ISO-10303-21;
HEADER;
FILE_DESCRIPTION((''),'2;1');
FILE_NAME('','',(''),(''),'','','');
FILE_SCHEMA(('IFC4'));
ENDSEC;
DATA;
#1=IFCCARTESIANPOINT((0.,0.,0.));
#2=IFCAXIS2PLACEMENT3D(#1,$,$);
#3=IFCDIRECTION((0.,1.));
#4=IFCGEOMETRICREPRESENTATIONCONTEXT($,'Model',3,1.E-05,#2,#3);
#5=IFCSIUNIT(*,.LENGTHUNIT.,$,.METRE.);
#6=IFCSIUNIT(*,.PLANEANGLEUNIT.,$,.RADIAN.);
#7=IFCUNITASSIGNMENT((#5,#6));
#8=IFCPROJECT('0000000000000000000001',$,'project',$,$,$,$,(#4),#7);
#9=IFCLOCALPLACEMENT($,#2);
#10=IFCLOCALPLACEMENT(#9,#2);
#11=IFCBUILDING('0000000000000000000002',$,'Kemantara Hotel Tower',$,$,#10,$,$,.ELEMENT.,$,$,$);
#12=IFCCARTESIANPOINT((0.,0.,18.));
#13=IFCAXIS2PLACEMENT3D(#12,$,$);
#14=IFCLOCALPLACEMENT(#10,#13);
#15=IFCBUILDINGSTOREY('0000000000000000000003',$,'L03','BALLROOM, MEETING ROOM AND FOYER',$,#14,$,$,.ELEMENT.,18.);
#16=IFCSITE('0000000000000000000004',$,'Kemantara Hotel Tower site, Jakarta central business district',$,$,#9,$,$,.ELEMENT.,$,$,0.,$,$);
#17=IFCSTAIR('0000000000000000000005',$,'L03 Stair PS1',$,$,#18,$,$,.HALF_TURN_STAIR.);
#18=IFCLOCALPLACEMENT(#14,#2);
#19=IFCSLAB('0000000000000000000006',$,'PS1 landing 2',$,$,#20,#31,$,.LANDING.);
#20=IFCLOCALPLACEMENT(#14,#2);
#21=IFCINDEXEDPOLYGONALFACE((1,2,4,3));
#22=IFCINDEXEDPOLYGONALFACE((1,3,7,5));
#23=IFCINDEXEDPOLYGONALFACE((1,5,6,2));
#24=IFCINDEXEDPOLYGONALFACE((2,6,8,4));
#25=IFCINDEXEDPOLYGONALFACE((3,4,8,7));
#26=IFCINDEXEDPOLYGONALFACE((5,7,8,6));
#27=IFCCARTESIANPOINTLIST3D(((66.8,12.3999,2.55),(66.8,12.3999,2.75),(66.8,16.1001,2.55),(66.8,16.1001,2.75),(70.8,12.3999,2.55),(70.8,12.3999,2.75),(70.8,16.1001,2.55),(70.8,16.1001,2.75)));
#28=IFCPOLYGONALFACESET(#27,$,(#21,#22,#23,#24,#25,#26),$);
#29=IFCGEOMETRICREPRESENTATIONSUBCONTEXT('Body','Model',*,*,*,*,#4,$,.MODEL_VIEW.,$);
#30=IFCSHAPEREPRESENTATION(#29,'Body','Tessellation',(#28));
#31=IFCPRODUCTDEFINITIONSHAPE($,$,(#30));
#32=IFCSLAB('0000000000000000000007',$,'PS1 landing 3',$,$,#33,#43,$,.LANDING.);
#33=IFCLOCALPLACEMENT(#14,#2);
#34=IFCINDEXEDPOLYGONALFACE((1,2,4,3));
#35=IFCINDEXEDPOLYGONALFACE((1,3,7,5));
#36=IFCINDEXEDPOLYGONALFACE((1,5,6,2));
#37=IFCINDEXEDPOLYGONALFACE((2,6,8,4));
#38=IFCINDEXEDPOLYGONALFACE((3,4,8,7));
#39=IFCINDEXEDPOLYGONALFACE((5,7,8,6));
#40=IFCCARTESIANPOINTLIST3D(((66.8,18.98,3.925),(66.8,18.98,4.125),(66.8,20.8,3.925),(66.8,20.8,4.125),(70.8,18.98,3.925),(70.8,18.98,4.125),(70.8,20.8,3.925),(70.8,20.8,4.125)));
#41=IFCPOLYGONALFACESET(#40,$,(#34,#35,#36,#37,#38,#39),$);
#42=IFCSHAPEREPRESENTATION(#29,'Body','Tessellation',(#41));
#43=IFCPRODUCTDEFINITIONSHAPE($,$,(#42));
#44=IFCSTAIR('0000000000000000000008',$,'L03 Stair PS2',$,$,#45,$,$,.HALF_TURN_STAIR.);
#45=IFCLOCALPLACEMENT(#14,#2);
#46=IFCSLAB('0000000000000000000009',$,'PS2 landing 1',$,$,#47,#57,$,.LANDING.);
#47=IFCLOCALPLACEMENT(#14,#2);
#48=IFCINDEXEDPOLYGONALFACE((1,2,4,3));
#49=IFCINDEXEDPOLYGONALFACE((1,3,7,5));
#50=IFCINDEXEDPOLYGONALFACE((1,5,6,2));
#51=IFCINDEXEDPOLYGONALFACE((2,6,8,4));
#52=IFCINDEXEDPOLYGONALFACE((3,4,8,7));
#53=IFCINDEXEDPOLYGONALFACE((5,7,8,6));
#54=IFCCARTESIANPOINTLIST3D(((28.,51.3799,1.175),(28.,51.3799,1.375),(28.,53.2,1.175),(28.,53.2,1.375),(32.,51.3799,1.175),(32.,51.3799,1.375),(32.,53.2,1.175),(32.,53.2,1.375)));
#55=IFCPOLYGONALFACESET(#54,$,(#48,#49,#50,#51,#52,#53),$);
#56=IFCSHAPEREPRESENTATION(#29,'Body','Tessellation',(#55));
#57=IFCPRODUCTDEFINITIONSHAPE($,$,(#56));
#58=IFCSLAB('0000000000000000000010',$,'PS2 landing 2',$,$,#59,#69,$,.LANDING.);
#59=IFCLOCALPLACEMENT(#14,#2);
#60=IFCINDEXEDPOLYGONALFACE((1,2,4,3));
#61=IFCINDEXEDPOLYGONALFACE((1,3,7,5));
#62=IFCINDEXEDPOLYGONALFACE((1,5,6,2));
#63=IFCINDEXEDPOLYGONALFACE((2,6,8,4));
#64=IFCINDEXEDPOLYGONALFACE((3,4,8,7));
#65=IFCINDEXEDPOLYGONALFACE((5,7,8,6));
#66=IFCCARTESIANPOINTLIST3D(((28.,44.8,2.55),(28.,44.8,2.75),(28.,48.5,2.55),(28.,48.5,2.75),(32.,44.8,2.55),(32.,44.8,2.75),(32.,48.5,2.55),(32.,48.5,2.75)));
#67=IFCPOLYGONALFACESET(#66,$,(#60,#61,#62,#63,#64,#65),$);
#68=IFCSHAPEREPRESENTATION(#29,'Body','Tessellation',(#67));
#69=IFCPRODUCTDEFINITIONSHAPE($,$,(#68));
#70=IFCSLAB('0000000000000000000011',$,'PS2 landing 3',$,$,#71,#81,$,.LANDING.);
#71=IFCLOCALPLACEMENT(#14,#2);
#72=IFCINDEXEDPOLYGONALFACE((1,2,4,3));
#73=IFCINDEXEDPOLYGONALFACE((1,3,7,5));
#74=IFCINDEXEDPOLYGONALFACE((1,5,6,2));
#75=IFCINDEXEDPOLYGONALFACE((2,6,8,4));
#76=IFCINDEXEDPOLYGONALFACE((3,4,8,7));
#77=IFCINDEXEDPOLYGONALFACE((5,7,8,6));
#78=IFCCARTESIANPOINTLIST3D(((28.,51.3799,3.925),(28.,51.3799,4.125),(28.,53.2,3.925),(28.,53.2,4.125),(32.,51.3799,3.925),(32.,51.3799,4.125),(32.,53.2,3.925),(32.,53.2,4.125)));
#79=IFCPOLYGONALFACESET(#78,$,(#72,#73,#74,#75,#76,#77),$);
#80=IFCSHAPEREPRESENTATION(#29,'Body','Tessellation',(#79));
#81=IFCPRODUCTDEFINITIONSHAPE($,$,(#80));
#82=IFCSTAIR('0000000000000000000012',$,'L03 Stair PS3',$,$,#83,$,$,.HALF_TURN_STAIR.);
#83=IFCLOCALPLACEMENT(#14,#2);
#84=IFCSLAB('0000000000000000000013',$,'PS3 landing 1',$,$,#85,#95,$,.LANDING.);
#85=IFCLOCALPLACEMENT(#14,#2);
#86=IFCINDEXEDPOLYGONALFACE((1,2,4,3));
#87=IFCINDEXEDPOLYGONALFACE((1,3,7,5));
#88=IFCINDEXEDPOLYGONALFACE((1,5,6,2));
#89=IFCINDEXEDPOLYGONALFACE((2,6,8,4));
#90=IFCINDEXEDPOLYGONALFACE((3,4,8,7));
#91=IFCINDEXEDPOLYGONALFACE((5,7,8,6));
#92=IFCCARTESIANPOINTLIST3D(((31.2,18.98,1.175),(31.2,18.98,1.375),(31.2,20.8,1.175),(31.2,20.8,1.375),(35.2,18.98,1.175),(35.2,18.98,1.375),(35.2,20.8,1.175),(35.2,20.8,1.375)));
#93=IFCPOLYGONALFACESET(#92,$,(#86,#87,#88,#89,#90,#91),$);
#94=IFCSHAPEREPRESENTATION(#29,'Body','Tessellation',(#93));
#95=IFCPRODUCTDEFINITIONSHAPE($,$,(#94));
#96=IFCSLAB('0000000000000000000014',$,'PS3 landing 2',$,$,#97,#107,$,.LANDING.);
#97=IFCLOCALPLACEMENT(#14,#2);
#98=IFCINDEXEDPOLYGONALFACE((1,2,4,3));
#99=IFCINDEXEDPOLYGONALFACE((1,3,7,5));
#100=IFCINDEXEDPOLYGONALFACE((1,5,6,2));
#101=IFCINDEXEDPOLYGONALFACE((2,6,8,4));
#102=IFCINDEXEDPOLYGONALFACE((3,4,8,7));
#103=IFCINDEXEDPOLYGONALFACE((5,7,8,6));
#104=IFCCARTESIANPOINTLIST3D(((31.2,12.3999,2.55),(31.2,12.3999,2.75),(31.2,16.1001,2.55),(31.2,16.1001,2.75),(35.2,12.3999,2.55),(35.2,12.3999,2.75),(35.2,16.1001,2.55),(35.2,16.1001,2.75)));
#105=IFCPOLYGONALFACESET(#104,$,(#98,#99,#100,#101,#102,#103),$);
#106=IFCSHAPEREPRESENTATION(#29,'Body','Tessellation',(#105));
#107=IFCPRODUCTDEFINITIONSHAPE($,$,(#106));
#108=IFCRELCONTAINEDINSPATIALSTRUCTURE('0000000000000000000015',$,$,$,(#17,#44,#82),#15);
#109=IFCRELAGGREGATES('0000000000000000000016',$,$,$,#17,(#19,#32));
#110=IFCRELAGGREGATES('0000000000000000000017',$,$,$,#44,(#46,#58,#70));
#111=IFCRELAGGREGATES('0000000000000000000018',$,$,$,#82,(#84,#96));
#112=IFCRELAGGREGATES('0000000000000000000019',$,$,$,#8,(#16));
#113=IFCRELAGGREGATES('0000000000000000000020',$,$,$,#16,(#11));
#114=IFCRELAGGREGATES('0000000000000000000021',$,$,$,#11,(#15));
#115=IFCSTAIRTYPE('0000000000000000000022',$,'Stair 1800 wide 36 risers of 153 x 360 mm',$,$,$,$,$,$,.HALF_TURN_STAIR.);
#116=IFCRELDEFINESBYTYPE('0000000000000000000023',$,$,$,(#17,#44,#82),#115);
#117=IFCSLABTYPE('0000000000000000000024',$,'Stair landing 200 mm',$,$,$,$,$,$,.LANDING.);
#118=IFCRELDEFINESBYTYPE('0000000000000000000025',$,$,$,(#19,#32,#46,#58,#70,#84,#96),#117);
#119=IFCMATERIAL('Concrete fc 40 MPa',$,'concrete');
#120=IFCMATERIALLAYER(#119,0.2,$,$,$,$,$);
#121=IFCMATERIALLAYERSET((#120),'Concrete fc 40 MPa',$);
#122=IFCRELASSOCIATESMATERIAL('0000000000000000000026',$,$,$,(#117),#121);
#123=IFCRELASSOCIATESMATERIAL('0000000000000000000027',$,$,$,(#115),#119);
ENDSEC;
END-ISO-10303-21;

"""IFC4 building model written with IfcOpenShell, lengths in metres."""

from ifc_helpers import new_model, si_unit, direction, frame, origin, place, context, subcontext, project, spatial, polyline, outline, extrude, material, layer, layer_set, type_object, element, aggregate, save


model = new_model("IFC4")

# Units and contexts
model_context = context("Model", 3, precision=1e-05, world=origin(), true_north=direction((0.0, 1.0)))
body_context = subcontext(model_context, "Body", "Model", "MODEL_VIEW")
ifc_project = project(units=[si_unit("LENGTHUNIT", "METRE"), si_unit("PLANEANGLEUNIT", "RADIAN")], contexts=[model_context])

# Site, building, storey
site_placement = place(None, origin())
site = spatial("IfcSite", under=ifc_project, at=site_placement, Name="Kemantara Hotel Tower site, Jakarta central business district", CompositionType="ELEMENT", RefElevation=0.0)
building_placement = place(site_placement, origin())
building = spatial("IfcBuilding", under=site, at=building_placement, Name="Kemantara Hotel Tower", CompositionType="ELEMENT")
storey_placement = place(building_placement, frame((0.0, 0.0, 18.0)))
storey = spatial("IfcBuildingStorey", under=building, at=storey_placement, Name="L03", Description="BALLROOM, MEETING ROOM AND FOYER", CompositionType="ELEMENT", Elevation=18.0)

# Shared definitions
ifc_material = material(Name="Concrete fc 40 MPa", Category="concrete")

# Stairs, slabs
ifc_layer_1 = layer(ifc_material, 0.2)
ifc_layer_set_1 = layer_set([ifc_layer_1], Name="Concrete fc 40 MPa")
slab_type_1 = type_object("IfcSlabType", Name="Stair landing 200 mm", PredefinedType="LANDING", material=ifc_layer_set_1)
stair_type_1 = type_object("IfcStairType", Name="Stair 1800 wide 36 risers of 153 x 360 mm", PredefinedType="HALF_TURN_STAIR", material=ifc_material)
stair_1_placement = place(storey_placement, origin())
stair_1 = element("IfcStair", 1, at=stair_1_placement, inside=storey, type_object=stair_type_1, Name="L03 Stair PS1", PredefinedType="HALF_TURN_STAIR")
slab_1_placement = place(storey_placement, frame((0.0, 0.0, 2.55)))
slab_1 = element("IfcSlab", 2, at=slab_1_placement, type_object=slab_type_1, Name="PS1 landing 2", PredefinedType="LANDING", context=body_context, shape_type="SweptSolid", body=[
    extrude(outline(polyline([(70.8, 12.3999), (70.8, 16.1001), (66.8, 16.1001), (66.8, 12.3999), (70.8, 12.3999)])), origin(), (0.0, 0.0, 1.0), 0.2),
])
slab_2_placement = place(storey_placement, frame((0.0, 0.0, 3.925)))
slab_2 = element("IfcSlab", 3, at=slab_2_placement, type_object=slab_type_1, Name="PS1 landing 3", PredefinedType="LANDING", context=body_context, shape_type="SweptSolid", body=[
    extrude(outline(polyline([(70.8, 18.98), (70.8, 20.8), (66.8, 20.8), (66.8, 18.98), (70.8, 18.98)])), origin(), (0.0, 0.0, 1.0), 0.2),
])
aggregate(stair_1, [slab_1, slab_2])
stair_2_placement = place(storey_placement, origin())
stair_2 = element("IfcStair", 4, at=stair_2_placement, inside=storey, type_object=stair_type_1, Name="L03 Stair PS2", PredefinedType="HALF_TURN_STAIR")
slab_3_placement = place(storey_placement, frame((0.0, 0.0, 1.175)))
slab_3 = element("IfcSlab", 5, at=slab_3_placement, type_object=slab_type_1, Name="PS2 landing 1", PredefinedType="LANDING", context=body_context, shape_type="SweptSolid", body=[
    extrude(outline(polyline([(32.0, 51.3799), (32.0, 53.2), (28.0, 53.2), (28.0, 51.3799), (32.0, 51.3799)])), origin(), (0.0, 0.0, 1.0), 0.2),
])
slab_4_placement = place(storey_placement, frame((0.0, 0.0, 2.55)))
slab_4 = element("IfcSlab", 6, at=slab_4_placement, type_object=slab_type_1, Name="PS2 landing 2", PredefinedType="LANDING", context=body_context, shape_type="SweptSolid", body=[
    extrude(outline(polyline([(32.0, 44.8), (32.0, 48.5), (28.0, 48.5), (28.0, 44.8), (32.0, 44.8)])), origin(), (0.0, 0.0, 1.0), 0.2),
])
slab_5_placement = place(storey_placement, frame((0.0, 0.0, 3.925)))
slab_5 = element("IfcSlab", 7, at=slab_5_placement, type_object=slab_type_1, Name="PS2 landing 3", PredefinedType="LANDING", context=body_context, shape_type="SweptSolid", body=[
    extrude(outline(polyline([(32.0, 51.3799), (32.0, 53.2), (28.0, 53.2), (28.0, 51.3799), (32.0, 51.3799)])), origin(), (0.0, 0.0, 1.0), 0.2),
])
aggregate(stair_2, [slab_3, slab_4, slab_5])
stair_3_placement = place(storey_placement, origin())
stair_3 = element("IfcStair", 8, at=stair_3_placement, inside=storey, type_object=stair_type_1, Name="L03 Stair PS3", PredefinedType="HALF_TURN_STAIR")
slab_6_placement = place(storey_placement, frame((0.0, 0.0, 1.175)))
slab_6 = element("IfcSlab", 9, at=slab_6_placement, type_object=slab_type_1, Name="PS3 landing 1", PredefinedType="LANDING", context=body_context, shape_type="SweptSolid", body=[
    extrude(outline(polyline([(35.2, 18.98), (35.2, 20.8), (31.2, 20.8), (31.2, 18.98), (35.2, 18.98)])), origin(), (0.0, 0.0, 1.0), 0.2),
])
slab_7_placement = place(storey_placement, frame((0.0, 0.0, 2.55)))
slab_7 = element("IfcSlab", 10, at=slab_7_placement, type_object=slab_type_1, Name="PS3 landing 2", PredefinedType="LANDING", context=body_context, shape_type="SweptSolid", body=[
    extrude(outline(polyline([(35.2, 12.3999), (35.2, 16.1001), (31.2, 16.1001), (31.2, 12.3999), (35.2, 12.3999)])), origin(), (0.0, 0.0, 1.0), 0.2),
])
aggregate(stair_3, [slab_6, slab_7])

save(model, "model.ifc")
